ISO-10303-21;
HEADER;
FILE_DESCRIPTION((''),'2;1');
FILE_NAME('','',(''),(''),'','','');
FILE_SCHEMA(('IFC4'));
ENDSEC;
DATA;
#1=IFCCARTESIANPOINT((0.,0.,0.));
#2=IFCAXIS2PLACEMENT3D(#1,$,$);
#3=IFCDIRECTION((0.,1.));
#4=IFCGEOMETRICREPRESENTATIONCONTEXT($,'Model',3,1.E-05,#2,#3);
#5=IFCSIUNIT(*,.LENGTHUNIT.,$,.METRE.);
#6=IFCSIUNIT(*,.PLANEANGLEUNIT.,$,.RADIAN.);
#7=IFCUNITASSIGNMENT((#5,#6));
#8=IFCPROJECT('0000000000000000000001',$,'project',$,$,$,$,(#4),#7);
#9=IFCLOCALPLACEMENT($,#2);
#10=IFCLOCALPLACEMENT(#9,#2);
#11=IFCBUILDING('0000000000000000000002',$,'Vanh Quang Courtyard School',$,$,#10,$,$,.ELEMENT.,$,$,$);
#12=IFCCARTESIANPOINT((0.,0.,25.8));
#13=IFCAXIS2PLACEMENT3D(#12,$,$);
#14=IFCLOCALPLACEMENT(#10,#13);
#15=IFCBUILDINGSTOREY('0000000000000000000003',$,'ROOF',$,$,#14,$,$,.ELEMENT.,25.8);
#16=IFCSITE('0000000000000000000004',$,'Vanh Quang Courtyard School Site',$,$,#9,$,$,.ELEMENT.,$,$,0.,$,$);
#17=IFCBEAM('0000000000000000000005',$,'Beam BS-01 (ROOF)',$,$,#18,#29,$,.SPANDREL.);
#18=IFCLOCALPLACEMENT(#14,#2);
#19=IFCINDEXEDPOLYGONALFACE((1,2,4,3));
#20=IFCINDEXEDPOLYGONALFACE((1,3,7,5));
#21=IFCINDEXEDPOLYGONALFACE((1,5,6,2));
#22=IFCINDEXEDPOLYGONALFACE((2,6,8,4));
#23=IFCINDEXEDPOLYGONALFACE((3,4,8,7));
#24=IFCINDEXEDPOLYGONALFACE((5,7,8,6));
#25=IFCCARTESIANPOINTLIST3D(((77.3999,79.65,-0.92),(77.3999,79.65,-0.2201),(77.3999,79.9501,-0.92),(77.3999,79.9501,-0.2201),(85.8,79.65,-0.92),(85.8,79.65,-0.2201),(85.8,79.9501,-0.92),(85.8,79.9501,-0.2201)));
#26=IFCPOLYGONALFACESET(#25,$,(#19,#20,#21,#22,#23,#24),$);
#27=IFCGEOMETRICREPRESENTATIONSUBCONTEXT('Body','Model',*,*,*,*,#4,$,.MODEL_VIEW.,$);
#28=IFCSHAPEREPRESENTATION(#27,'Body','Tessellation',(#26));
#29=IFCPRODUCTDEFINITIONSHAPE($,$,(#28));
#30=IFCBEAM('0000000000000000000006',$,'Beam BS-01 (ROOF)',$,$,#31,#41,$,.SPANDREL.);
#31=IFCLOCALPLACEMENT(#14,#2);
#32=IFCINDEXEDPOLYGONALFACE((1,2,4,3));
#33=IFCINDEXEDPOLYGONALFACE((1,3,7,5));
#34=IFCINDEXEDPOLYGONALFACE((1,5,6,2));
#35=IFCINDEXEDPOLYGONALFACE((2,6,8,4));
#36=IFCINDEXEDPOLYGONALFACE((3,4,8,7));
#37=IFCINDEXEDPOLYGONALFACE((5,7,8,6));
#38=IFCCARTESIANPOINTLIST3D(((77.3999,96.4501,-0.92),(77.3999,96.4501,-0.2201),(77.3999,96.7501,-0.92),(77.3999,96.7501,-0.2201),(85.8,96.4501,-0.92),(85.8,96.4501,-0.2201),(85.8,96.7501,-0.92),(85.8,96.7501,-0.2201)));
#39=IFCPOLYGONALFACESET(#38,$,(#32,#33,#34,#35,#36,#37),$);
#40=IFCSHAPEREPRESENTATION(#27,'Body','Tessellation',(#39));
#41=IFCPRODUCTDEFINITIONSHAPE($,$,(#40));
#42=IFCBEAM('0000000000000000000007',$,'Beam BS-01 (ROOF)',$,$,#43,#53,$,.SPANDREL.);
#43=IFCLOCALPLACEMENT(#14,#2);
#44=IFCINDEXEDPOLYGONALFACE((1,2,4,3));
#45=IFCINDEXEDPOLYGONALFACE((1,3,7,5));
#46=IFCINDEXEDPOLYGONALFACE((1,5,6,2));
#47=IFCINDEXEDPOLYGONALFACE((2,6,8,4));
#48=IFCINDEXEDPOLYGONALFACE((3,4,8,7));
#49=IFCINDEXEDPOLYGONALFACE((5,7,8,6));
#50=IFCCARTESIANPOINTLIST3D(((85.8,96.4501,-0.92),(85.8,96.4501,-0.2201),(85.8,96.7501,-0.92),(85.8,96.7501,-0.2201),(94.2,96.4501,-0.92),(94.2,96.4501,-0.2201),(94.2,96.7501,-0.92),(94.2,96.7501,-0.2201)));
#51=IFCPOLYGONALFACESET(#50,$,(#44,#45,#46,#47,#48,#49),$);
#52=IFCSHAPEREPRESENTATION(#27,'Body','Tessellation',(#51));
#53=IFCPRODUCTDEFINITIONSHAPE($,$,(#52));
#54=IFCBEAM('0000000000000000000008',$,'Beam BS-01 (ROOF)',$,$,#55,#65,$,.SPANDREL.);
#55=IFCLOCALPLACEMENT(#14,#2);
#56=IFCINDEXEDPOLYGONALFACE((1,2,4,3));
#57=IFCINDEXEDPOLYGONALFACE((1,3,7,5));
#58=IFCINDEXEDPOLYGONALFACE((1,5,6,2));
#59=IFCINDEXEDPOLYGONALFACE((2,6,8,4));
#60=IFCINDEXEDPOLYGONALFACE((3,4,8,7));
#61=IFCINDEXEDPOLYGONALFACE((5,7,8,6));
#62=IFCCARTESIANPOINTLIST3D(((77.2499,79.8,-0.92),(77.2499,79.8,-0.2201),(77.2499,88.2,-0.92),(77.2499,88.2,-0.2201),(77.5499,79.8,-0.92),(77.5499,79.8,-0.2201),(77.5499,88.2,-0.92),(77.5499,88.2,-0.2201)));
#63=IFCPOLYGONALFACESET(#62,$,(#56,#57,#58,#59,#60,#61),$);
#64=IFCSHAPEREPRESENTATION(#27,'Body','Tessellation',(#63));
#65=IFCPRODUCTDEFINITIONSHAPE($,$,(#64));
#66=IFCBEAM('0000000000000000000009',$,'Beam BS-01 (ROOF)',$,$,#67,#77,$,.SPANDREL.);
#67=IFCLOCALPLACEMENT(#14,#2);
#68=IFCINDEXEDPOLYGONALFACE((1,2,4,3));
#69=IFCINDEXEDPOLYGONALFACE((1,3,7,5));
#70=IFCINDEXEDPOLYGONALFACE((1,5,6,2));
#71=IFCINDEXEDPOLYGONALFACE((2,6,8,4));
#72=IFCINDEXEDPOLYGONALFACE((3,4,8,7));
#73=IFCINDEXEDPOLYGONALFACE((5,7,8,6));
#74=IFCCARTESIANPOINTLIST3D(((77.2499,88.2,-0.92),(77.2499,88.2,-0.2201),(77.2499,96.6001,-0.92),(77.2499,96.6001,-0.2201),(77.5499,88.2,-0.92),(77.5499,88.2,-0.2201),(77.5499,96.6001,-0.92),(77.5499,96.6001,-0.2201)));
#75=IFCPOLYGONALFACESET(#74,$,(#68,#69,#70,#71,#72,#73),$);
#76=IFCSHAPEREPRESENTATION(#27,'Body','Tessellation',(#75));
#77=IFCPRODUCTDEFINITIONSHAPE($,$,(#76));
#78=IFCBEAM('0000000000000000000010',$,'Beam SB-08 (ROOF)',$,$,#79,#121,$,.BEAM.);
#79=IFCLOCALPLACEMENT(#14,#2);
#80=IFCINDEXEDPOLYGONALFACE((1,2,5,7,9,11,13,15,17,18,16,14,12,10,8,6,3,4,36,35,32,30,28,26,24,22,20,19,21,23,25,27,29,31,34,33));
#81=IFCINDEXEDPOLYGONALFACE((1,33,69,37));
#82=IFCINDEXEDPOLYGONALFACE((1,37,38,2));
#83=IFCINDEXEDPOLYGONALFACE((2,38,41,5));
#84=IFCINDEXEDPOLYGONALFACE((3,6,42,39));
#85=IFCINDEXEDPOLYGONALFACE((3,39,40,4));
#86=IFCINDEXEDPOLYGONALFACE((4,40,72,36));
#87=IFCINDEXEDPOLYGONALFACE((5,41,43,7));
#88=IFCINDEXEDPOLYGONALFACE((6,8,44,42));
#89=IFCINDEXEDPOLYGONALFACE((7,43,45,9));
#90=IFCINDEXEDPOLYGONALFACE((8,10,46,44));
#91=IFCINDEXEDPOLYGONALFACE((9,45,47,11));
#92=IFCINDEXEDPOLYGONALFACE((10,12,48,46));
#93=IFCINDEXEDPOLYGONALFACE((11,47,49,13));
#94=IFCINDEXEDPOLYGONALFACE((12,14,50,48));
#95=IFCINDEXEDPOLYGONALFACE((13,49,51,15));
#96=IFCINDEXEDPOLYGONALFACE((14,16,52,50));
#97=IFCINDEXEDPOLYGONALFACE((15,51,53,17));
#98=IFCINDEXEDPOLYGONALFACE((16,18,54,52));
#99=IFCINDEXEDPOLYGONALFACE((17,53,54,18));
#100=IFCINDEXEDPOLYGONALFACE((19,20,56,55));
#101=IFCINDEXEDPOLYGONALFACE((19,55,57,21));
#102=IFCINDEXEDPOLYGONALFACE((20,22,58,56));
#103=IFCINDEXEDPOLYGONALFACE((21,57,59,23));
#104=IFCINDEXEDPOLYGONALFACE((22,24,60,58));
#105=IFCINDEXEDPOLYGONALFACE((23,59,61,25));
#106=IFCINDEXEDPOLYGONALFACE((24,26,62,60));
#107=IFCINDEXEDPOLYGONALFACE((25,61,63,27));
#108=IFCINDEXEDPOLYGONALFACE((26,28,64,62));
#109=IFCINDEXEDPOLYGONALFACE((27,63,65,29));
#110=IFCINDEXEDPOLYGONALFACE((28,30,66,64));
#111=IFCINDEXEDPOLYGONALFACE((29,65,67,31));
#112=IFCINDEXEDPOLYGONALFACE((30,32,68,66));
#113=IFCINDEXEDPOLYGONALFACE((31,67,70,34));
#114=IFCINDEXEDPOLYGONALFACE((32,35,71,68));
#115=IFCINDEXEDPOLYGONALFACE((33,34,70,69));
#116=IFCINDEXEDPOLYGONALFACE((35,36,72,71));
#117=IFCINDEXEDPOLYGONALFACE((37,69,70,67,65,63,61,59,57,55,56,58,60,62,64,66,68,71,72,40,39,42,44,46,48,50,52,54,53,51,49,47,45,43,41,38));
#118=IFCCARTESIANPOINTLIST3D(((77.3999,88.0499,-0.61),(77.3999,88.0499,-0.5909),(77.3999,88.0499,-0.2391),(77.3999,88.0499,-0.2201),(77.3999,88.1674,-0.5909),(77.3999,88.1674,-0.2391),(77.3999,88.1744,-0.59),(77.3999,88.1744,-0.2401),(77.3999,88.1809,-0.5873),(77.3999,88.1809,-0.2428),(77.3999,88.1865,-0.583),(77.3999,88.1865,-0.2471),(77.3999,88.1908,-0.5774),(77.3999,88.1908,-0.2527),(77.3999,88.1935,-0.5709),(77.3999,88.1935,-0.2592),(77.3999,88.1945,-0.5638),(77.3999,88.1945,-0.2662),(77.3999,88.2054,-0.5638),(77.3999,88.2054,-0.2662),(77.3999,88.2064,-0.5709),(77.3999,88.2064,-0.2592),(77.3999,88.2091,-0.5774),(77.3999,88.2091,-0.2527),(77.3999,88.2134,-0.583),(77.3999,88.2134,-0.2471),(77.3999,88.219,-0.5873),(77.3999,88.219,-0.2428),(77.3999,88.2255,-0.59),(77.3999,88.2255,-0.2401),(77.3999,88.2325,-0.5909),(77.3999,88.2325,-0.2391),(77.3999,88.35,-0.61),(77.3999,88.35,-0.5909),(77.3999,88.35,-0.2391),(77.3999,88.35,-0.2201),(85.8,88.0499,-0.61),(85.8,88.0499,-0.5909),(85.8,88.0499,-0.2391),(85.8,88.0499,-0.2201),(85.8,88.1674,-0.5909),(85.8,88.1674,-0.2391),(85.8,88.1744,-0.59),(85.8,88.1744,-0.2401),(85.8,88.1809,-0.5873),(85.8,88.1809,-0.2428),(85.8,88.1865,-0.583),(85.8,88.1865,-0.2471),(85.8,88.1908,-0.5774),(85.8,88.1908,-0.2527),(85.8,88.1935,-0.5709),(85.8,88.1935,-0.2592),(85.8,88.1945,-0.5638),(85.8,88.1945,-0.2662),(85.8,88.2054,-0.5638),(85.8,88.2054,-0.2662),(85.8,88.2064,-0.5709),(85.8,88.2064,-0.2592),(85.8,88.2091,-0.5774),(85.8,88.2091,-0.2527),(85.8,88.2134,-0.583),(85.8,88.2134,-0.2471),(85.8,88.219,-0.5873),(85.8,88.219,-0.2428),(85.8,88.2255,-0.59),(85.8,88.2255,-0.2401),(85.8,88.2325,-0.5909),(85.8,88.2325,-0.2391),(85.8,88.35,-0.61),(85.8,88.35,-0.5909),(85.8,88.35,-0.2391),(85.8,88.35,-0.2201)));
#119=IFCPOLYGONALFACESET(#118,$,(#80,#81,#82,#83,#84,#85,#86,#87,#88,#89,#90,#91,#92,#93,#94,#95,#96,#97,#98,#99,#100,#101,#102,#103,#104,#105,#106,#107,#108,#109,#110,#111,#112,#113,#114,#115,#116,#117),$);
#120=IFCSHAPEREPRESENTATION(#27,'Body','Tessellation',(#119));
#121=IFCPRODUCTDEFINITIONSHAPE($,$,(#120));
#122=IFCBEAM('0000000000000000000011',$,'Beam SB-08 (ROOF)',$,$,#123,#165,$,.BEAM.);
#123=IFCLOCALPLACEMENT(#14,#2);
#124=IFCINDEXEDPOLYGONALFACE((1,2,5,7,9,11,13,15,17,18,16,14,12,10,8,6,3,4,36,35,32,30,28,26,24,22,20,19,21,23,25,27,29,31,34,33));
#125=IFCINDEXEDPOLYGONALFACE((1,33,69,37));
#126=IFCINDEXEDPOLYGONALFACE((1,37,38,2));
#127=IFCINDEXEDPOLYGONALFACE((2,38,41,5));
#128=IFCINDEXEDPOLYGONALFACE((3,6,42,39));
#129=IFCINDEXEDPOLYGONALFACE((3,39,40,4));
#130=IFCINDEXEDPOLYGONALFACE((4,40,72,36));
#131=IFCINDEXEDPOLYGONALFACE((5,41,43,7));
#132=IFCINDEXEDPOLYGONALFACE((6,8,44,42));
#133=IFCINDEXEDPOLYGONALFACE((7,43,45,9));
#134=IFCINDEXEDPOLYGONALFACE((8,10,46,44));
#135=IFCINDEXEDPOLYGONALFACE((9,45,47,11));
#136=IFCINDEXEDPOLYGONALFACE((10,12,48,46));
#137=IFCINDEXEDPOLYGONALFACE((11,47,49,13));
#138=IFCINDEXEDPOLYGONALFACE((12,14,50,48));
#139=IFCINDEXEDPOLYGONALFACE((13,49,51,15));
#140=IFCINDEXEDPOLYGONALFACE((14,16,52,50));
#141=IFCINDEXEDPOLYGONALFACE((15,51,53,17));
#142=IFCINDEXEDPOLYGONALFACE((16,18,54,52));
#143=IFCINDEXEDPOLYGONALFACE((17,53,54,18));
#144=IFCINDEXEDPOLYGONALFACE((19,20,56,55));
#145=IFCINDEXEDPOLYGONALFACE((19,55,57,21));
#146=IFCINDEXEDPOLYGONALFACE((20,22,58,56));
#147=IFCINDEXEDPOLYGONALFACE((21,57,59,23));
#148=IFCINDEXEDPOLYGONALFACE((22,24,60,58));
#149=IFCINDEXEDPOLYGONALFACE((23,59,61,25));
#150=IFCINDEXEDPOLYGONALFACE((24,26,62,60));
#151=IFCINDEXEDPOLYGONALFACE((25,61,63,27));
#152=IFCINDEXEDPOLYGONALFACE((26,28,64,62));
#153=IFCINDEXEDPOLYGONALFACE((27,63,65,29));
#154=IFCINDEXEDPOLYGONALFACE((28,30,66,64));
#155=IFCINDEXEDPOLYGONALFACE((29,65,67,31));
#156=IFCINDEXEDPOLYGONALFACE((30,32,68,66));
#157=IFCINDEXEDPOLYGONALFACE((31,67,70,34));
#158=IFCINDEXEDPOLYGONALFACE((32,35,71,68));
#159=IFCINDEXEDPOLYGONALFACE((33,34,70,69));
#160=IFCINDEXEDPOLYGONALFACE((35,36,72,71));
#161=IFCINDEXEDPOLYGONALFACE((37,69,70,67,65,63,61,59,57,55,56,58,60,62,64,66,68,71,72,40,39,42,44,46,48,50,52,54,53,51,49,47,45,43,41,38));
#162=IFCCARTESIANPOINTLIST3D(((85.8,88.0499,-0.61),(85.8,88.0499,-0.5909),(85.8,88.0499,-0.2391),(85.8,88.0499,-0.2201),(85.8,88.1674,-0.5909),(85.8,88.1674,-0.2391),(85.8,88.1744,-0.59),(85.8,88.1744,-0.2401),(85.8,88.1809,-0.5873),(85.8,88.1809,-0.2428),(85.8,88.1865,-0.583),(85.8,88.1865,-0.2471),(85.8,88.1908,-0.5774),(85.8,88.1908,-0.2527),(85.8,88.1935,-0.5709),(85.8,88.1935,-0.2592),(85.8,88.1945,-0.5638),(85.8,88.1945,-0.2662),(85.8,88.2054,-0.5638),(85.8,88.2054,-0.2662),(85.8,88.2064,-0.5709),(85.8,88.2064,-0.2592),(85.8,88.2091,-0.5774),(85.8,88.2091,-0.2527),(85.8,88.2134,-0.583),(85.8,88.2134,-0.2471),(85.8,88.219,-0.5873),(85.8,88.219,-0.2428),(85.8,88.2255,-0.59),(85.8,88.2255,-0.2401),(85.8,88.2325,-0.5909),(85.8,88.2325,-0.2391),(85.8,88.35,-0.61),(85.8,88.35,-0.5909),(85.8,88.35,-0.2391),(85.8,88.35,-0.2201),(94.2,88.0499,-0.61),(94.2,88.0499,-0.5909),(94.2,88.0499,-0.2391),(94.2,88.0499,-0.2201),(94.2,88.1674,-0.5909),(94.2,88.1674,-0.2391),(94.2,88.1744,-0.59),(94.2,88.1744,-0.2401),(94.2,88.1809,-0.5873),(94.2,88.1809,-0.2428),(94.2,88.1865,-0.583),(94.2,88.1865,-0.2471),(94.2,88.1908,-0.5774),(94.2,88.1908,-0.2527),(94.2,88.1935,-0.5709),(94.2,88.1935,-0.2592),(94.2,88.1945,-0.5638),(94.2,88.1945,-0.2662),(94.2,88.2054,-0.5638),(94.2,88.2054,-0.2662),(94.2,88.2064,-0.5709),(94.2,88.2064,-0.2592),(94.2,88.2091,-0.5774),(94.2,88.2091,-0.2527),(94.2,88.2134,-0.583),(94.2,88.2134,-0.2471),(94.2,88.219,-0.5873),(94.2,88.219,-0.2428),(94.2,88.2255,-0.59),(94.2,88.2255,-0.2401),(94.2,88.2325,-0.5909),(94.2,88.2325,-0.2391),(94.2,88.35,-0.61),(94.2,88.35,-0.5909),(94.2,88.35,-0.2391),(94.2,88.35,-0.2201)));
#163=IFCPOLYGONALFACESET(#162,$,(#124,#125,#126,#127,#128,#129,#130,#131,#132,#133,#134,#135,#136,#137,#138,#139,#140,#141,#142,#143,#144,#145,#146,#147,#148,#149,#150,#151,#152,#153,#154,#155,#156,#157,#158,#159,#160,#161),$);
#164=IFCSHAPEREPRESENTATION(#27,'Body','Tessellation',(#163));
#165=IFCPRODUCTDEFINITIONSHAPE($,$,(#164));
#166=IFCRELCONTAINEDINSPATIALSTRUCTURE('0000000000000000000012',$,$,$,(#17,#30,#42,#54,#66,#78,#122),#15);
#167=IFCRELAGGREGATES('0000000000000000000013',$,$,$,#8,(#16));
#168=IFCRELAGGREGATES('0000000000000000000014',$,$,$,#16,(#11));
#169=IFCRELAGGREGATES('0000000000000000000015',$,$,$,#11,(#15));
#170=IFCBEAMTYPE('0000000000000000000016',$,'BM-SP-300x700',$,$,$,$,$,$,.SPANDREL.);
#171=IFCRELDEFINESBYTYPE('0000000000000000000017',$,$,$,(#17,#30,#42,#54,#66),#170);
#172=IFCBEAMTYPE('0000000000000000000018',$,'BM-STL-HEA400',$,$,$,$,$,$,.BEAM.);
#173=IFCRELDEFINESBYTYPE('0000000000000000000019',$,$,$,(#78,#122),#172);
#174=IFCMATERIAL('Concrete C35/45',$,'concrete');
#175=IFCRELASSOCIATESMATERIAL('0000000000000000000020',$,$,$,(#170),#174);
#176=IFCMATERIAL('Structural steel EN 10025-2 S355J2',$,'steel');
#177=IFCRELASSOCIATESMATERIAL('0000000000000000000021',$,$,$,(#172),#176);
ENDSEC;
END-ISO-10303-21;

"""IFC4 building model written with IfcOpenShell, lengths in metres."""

from ifc_helpers import new_model, si_unit, direction, frame, origin, origin_2d, place, context, subcontext, project, spatial, rectangle, i_section, extrude, material, material_profile, profile_set, type_object, element, save


model = new_model("IFC4")

# Units and contexts
model_context = context("Model", 3, precision=1e-05, world=origin(), true_north=direction((0.0, 1.0)))
body_context = subcontext(model_context, "Body", "Model", "MODEL_VIEW")
ifc_project = project(units=[si_unit("LENGTHUNIT", "METRE"), si_unit("PLANEANGLEUNIT", "RADIAN")], contexts=[model_context])

# Site, building, storey
site_placement = place(None, origin())
site = spatial("IfcSite", under=ifc_project, at=site_placement, Name="Vanh Quang Courtyard School Site", CompositionType="ELEMENT", RefElevation=0.0)
building_placement = place(site_placement, origin())
building = spatial("IfcBuilding", under=site, at=building_placement, Name="Vanh Quang Courtyard School", CompositionType="ELEMENT")
storey_placement = place(building_placement, frame((0.0, 0.0, 25.8)))
storey = spatial("IfcBuildingStorey", under=building, at=storey_placement, Name="ROOF", CompositionType="ELEMENT", Elevation=25.8)

# Beams
ifc_material_1 = material(Name="Concrete C35/45", Category="concrete")
ifc_material_profile_1 = material_profile(ifc_material_1, rectangle(XDim=0.3, YDim=0.7, at=origin_2d()), Name="RC-SP 300x700")
ifc_profile_set_1 = profile_set([ifc_material_profile_1], Name="Concrete C35/45")
beam_type_1 = type_object("IfcBeamType", Name="BM-SP-300x700", PredefinedType="SPANDREL", material=ifc_profile_set_1)
for number, where, z_axis, x_axis, name in (
    (1, (77.3999, 79.8, -0.5701), (1.0, 0.0, 0.0), (0.0, 1.0, 0.0), "Beam BS-01 (ROOF)"),
    (2, (77.3999, 96.6001, -0.5701), (1.0, 0.0, 0.0), (0.0, 1.0, 0.0), "Beam BS-01 (ROOF)"),
):
    element("IfcBeam", number, at=place(storey_placement, frame(where, z_axis=z_axis, x_axis=x_axis)), inside=storey, type_object=beam_type_1, Name=name, PredefinedType="SPANDREL", context=body_context, shape_type="SweptSolid", body=[
        extrude(rectangle(XDim=0.3, YDim=0.7, at=origin_2d()), origin(), (0.0, 0.0, 1.0), 8.4001),
    ])
for number, where, z_axis, x_axis, name in (
    (3, (85.8, 96.6001, -0.5701), (1.0, 0.0, 0.0), (0.0, 1.0, 0.0), "Beam BS-01 (ROOF)"),
    (4, (77.3999, 79.8, -0.5701), (0.0, 1.0, 0.0), (-1.0, 0.0, 0.0), "Beam BS-01 (ROOF)"),
):
    element("IfcBeam", number, at=place(storey_placement, frame(where, z_axis=z_axis, x_axis=x_axis)), inside=storey, type_object=beam_type_1, Name=name, PredefinedType="SPANDREL", context=body_context, shape_type="SweptSolid", body=[
        extrude(rectangle(XDim=0.3, YDim=0.7, at=origin_2d()), origin(), (0.0, 0.0, 1.0), 8.3999),
    ])
beam_1_placement = place(storey_placement, frame((77.3999, 88.2, -0.5701), z_axis=(0.0, 1.0, 0.0), x_axis=(-1.0, 0.0, 0.0)))
element("IfcBeam", 5, at=beam_1_placement, inside=storey, type_object=beam_type_1, Name="Beam BS-01 (ROOF)", PredefinedType="SPANDREL", context=body_context, shape_type="SweptSolid", body=[
    extrude(rectangle(XDim=0.3, YDim=0.7, at=origin_2d()), origin(), (0.0, 0.0, 1.0), 8.4001),
])
ifc_material_2 = material(Name="Structural steel EN 10025-2 S355J2", Category="steel")
ifc_material_profile_2 = material_profile(ifc_material_2, i_section(OverallWidth=0.3, OverallDepth=0.3899, WebThickness=0.011, FlangeThickness=0.019, FilletRadius=0.0271, at=origin_2d()), Name="HEA 400")
ifc_profile_set_2 = profile_set([ifc_material_profile_2], Name="Structural steel EN 10025-2 S355J2")
beam_type_2 = type_object("IfcBeamType", Name="BM-STL-HEA400", PredefinedType="BEAM", material=ifc_profile_set_2)
beam_2_placement = place(storey_placement, frame((77.3999, 88.2, -0.415), z_axis=(1.0, 0.0, 0.0), x_axis=(0.0, 1.0, 0.0)))
element("IfcBeam", 6, at=beam_2_placement, inside=storey, type_object=beam_type_2, Name="Beam SB-08 (ROOF)", PredefinedType="BEAM", context=body_context, shape_type="SweptSolid", body=[
    extrude(i_section(OverallWidth=0.3, OverallDepth=0.3899, WebThickness=0.011, FlangeThickness=0.019, FilletRadius=0.0271, at=origin_2d()), origin(), (0.0, 0.0, 1.0), 8.4001),
])
beam_3_placement = place(storey_placement, frame((85.8, 88.2, -0.415), z_axis=(1.0, 0.0, 0.0), x_axis=(0.0, 1.0, 0.0)))
element("IfcBeam", 7, at=beam_3_placement, inside=storey, type_object=beam_type_2, Name="Beam SB-08 (ROOF)", PredefinedType="BEAM", context=body_context, shape_type="SweptSolid", body=[
    extrude(i_section(OverallWidth=0.3, OverallDepth=0.3899, WebThickness=0.011, FlangeThickness=0.019, FilletRadius=0.0271, at=origin_2d()), origin(), (0.0, 0.0, 1.0), 8.3999),
])

save(model, "model.ifc")
